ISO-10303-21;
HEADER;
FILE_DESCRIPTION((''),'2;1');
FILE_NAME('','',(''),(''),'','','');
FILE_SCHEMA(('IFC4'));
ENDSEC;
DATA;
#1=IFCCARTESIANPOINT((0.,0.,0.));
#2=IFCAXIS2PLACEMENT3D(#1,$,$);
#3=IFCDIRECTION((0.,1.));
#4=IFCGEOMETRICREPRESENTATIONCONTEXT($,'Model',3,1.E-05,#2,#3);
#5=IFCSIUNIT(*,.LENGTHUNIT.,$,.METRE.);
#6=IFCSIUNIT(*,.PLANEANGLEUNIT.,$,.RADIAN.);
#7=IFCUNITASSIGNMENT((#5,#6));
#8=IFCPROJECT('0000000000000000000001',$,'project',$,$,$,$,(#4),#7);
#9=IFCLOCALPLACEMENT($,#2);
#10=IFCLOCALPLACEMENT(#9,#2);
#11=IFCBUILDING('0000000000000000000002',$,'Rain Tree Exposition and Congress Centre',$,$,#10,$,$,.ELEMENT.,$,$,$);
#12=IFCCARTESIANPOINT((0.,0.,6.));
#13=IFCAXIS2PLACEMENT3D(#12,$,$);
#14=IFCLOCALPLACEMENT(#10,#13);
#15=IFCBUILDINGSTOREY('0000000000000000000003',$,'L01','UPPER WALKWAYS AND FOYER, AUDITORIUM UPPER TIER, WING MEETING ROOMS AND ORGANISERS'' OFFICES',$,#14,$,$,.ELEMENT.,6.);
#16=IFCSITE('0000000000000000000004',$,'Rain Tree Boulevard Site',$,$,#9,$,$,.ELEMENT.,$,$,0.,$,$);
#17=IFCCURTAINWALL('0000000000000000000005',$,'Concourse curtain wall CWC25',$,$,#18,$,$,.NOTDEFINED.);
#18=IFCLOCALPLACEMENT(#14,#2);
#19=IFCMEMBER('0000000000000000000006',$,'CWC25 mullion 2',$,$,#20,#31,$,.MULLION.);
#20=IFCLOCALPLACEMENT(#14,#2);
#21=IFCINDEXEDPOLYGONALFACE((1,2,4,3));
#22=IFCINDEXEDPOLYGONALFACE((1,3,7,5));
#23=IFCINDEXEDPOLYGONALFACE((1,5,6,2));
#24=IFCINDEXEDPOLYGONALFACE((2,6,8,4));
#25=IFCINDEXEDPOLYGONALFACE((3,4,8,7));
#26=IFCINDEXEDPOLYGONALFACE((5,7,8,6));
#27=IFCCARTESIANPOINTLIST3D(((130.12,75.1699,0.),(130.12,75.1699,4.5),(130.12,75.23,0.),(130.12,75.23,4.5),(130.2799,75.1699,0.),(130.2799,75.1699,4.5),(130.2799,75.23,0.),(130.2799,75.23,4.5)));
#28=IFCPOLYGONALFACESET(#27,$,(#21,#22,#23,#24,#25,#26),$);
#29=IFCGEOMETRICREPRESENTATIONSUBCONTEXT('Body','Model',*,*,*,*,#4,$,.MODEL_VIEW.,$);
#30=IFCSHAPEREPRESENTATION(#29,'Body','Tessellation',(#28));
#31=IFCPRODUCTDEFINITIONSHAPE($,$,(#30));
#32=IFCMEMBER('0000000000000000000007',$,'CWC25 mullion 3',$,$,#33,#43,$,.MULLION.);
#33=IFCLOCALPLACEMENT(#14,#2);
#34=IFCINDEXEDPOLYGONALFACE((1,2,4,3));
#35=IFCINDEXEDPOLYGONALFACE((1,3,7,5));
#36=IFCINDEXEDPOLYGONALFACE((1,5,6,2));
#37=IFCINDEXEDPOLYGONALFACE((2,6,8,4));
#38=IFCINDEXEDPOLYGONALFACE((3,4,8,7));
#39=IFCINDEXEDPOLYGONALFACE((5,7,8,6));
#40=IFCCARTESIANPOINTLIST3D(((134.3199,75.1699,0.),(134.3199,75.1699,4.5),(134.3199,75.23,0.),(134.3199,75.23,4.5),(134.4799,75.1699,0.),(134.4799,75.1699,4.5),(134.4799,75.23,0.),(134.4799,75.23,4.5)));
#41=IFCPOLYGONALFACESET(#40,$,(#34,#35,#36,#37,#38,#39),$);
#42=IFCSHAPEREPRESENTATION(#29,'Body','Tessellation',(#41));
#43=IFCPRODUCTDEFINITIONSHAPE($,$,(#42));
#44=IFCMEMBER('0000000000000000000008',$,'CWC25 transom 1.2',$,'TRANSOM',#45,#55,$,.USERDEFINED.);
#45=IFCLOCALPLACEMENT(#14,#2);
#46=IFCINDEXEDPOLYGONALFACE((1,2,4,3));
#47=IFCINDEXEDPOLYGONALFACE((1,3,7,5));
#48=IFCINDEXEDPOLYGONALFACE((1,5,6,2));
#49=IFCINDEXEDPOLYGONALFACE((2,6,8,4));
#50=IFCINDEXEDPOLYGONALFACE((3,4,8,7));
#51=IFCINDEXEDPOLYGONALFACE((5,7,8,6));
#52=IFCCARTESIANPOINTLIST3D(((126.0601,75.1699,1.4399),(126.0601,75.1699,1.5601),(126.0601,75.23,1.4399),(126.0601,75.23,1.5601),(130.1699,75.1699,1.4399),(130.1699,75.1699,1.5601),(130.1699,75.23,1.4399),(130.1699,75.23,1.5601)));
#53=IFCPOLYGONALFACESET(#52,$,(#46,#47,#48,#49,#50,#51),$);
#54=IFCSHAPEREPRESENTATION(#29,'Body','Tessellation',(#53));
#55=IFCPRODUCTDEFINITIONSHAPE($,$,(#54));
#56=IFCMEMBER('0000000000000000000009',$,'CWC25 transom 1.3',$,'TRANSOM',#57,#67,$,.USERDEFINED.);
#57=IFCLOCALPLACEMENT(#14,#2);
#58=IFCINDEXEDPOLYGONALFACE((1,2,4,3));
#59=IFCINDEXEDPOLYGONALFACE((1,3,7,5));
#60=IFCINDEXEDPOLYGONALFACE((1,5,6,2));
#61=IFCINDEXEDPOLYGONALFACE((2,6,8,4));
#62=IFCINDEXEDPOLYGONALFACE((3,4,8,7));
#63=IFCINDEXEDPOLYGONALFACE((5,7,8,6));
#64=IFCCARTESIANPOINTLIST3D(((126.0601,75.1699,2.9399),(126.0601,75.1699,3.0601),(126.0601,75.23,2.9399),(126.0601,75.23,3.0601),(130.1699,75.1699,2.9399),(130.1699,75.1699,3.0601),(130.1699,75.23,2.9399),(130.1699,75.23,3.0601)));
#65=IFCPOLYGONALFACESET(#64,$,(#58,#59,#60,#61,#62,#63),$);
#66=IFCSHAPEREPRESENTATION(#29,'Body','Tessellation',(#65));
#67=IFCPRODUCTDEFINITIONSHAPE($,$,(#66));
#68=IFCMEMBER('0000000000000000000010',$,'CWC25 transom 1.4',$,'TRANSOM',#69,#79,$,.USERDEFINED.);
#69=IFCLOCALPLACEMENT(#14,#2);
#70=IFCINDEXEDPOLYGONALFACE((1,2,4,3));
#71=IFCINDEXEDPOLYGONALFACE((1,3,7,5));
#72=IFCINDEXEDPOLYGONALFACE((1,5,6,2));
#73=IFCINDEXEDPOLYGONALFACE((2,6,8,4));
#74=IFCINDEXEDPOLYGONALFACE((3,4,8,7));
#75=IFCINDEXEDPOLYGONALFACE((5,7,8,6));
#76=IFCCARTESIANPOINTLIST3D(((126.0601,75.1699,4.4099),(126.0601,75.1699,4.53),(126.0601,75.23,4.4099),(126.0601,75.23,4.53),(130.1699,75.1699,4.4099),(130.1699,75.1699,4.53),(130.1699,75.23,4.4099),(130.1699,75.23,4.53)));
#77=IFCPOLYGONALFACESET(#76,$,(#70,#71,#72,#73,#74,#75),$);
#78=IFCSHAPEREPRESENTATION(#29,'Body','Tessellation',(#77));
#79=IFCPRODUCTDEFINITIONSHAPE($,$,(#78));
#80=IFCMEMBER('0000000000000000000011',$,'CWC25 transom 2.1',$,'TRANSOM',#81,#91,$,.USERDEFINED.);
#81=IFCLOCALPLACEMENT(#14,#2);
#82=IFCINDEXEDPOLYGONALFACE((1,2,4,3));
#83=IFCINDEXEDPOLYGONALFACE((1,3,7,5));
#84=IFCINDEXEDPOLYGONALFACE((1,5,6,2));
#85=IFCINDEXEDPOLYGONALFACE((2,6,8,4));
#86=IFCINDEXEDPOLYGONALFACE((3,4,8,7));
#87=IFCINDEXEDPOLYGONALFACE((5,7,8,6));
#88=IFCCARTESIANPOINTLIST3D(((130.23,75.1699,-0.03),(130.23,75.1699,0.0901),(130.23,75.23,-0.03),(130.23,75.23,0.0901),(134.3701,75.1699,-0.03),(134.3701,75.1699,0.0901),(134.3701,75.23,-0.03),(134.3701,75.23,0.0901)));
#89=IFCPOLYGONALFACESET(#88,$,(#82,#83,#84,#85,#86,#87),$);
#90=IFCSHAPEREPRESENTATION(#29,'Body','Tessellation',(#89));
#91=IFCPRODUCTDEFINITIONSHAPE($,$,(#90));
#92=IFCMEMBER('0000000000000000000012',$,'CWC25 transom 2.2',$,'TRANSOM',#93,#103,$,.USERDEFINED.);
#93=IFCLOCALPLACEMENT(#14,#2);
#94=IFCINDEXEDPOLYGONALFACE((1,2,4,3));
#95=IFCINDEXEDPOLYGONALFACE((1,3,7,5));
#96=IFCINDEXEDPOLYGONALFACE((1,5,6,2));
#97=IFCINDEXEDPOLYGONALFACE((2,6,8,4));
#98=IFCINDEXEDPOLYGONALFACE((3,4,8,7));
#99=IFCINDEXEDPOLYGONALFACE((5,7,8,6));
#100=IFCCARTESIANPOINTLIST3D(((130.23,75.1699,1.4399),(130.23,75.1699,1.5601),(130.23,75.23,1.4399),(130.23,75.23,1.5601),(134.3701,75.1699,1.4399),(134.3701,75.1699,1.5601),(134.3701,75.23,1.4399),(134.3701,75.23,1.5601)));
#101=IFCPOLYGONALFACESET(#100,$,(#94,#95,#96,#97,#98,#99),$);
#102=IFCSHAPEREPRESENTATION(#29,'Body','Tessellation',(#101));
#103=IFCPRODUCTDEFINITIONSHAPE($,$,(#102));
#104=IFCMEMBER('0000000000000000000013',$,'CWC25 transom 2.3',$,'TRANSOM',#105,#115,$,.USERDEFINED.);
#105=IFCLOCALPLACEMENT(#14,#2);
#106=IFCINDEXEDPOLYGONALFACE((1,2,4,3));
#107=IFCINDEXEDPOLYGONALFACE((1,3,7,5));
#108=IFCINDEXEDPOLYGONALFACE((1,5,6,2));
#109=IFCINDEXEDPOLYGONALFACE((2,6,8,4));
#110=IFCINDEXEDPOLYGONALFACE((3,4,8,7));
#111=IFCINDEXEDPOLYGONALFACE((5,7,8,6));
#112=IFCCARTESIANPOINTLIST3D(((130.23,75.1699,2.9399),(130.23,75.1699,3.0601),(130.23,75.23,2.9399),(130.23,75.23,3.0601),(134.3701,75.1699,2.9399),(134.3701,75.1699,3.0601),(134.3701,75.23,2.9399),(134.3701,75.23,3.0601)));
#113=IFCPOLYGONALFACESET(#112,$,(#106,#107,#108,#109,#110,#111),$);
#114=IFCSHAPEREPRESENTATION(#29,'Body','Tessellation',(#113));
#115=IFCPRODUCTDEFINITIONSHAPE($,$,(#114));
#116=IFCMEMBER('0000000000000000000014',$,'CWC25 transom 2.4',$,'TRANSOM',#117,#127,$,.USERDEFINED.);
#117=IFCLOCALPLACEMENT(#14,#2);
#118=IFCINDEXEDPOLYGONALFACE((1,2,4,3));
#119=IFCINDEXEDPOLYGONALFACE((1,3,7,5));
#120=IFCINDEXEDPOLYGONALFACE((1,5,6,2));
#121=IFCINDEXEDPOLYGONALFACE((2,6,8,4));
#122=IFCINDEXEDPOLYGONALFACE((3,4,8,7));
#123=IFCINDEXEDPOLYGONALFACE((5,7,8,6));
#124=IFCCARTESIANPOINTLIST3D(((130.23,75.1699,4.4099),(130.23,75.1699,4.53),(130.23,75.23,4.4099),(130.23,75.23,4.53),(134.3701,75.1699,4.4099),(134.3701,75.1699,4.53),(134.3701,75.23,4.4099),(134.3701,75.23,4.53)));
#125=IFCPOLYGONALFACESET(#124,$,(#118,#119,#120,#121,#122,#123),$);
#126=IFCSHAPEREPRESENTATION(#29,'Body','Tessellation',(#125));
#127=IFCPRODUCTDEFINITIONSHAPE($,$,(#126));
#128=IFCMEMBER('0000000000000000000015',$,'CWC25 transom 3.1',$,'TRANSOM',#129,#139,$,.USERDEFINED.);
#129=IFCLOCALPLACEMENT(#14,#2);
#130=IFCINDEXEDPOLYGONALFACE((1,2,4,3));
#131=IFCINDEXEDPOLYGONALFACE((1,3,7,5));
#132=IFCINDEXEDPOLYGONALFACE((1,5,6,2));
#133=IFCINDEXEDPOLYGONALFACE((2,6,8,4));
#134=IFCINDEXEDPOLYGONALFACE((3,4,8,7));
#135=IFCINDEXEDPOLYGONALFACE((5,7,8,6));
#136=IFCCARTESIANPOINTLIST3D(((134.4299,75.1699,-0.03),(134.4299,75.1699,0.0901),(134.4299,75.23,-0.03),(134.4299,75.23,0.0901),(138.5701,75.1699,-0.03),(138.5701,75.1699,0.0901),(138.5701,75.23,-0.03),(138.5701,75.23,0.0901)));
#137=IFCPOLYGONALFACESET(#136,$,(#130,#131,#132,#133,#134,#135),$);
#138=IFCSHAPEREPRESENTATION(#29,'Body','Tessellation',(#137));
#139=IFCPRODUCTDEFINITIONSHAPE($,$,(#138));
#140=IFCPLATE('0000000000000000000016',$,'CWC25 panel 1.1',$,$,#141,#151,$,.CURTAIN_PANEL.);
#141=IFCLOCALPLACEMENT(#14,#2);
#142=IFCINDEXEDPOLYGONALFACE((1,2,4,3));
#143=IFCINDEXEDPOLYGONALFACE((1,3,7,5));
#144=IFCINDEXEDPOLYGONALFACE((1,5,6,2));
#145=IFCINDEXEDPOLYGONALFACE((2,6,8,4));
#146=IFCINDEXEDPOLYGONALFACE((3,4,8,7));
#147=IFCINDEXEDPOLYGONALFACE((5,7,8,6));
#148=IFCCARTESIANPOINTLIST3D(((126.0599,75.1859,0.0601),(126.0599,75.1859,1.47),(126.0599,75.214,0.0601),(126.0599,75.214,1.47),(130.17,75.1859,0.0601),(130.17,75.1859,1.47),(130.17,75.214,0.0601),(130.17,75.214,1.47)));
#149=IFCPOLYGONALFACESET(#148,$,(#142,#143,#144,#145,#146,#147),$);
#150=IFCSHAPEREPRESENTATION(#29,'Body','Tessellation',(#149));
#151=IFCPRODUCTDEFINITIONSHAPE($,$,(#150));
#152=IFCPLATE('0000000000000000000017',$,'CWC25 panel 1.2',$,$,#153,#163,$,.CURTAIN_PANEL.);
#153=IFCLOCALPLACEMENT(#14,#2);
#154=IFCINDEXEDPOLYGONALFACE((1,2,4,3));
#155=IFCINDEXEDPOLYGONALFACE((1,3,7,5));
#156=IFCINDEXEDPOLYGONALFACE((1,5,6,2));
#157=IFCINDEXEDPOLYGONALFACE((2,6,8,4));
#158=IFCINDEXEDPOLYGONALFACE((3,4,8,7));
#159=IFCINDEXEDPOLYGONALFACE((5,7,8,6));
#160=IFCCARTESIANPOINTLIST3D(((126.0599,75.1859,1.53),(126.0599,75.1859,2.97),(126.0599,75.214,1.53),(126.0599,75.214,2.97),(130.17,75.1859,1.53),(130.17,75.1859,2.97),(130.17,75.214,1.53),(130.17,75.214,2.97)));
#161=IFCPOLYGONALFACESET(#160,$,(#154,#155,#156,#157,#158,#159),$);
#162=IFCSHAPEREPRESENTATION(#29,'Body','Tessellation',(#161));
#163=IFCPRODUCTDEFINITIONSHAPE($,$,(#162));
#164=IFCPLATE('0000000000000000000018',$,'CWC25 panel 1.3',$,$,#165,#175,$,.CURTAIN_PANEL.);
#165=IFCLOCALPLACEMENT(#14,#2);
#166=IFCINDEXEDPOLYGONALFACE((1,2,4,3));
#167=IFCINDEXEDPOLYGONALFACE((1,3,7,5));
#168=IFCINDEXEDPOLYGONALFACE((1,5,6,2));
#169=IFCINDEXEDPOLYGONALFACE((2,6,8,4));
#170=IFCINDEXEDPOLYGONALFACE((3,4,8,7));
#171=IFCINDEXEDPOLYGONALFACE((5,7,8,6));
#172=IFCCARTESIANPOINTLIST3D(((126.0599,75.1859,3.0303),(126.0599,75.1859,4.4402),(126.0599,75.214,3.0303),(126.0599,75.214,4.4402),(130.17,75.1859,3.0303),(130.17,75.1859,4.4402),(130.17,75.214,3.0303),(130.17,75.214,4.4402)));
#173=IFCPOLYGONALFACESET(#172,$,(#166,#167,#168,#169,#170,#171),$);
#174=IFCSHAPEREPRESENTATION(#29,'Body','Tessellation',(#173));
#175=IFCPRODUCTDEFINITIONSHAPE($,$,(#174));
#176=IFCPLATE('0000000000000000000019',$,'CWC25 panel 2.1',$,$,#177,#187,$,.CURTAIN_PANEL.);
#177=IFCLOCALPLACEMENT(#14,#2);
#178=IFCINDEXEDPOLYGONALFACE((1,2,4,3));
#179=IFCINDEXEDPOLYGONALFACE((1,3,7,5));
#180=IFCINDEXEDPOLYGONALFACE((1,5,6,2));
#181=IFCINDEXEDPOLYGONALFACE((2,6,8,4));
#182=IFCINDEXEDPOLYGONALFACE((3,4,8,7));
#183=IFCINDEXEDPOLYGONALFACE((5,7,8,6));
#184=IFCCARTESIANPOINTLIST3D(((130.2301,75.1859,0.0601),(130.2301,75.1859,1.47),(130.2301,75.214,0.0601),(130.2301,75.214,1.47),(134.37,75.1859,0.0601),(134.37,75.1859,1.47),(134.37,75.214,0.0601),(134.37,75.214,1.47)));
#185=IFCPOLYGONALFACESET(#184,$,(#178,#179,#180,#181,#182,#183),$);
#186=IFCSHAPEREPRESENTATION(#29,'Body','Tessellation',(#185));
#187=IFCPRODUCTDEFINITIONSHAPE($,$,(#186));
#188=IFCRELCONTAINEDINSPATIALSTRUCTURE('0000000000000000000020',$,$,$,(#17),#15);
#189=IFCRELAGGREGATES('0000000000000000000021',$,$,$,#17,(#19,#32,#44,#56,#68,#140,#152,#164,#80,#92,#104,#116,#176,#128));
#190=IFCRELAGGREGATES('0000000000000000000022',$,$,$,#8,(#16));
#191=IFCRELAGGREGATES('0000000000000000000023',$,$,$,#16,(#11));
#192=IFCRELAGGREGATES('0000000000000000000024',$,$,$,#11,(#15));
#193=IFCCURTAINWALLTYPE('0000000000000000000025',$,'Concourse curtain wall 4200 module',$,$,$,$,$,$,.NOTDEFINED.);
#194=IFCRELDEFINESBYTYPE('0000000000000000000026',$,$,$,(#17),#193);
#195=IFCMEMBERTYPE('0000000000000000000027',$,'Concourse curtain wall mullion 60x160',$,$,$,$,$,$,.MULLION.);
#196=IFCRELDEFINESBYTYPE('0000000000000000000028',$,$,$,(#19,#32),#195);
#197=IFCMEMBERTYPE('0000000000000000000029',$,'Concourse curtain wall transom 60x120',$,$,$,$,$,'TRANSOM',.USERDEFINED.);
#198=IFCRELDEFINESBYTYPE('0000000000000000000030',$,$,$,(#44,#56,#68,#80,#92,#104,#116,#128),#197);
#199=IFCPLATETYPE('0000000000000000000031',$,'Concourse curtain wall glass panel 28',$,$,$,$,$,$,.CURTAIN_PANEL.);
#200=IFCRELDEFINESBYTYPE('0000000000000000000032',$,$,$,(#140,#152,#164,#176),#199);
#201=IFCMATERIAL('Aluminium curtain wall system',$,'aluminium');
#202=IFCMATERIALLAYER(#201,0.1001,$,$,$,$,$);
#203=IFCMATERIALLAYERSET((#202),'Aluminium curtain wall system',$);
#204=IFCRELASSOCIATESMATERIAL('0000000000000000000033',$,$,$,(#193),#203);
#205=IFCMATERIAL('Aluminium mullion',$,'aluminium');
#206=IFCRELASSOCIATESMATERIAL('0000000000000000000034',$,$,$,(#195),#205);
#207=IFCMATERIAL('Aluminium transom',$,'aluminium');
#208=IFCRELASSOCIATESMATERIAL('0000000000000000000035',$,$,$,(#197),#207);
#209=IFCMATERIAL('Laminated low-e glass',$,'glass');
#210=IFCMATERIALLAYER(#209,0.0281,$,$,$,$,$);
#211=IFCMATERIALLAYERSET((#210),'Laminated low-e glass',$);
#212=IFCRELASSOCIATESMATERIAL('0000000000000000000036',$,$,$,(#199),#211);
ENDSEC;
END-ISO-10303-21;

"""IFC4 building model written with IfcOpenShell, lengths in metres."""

from ifc_helpers import new_model, si_unit, direction, frame, origin, origin_2d, place, context, subcontext, project, spatial, rectangle, extrude, material, layer, layer_set, material_profile, profile_set, type_object, element, aggregate, save


model = new_model("IFC4")

# Units and contexts
model_context = context("Model", 3, precision=1e-05, world=origin(), true_north=direction((0.0, 1.0)))
body_context = subcontext(model_context, "Body", "Model", "MODEL_VIEW")
ifc_project = project(units=[si_unit("LENGTHUNIT", "METRE"), si_unit("PLANEANGLEUNIT", "RADIAN")], contexts=[model_context])

# Site, building, storey
site_placement = place(None, origin())
site = spatial("IfcSite", under=ifc_project, at=site_placement, Name="Rain Tree Boulevard Site", CompositionType="ELEMENT", RefElevation=0.0)
building_placement = place(site_placement, origin())
building = spatial("IfcBuilding", under=site, at=building_placement, Name="Rain Tree Exposition and Congress Centre", CompositionType="ELEMENT")
storey_placement = place(building_placement, frame((0.0, 0.0, 6.0)))
storey = spatial("IfcBuildingStorey", under=building, at=storey_placement, Name="L01", Description="UPPER WALKWAYS AND FOYER, AUDITORIUM UPPER TIER, WING MEETING ROOMS AND ORGANISERS' OFFICES", CompositionType="ELEMENT", Elevation=6.0)

# Curtain wall, members, plates
ifc_material_1 = material(Name="Aluminium curtain wall system", Category="aluminium")
ifc_layer_1 = layer(ifc_material_1, 0.1001)
ifc_layer_set_1 = layer_set([ifc_layer_1], Name="Aluminium curtain wall system")
curtain_wall_type = type_object("IfcCurtainWallType", Name="Concourse curtain wall 4200 module", PredefinedType="NOTDEFINED", material=ifc_layer_set_1)
curtain_wall_placement = place(storey_placement, origin())
curtain_wall = element("IfcCurtainWall", 1, at=curtain_wall_placement, inside=storey, type_object=curtain_wall_type, Name="Concourse curtain wall CWC25", PredefinedType="NOTDEFINED")
ifc_material_2 = material(Name="Aluminium mullion", Category="aluminium")
ifc_material_profile_1 = material_profile(ifc_material_2, rectangle(XDim=0.0601, YDim=0.1599, at=origin_2d()), Name="AL 60x160")
ifc_profile_set_1 = profile_set([ifc_material_profile_1], Name="Aluminium mullion")
member_type_1 = type_object("IfcMemberType", Name="Concourse curtain wall mullion 60x160", PredefinedType="MULLION", material=ifc_profile_set_1)
member_1_placement = place(storey_placement, frame((130.2, 75.2, 0.0), z_axis=(0.0, 0.0, 1.0), x_axis=(0.0, 1.0, 0.0)))
member_1 = element("IfcMember", 2, at=member_1_placement, type_object=member_type_1, Name="CWC25 mullion 2", PredefinedType="MULLION", context=body_context, shape_type="SweptSolid", body=[
    extrude(rectangle(XDim=0.0601, YDim=0.1599, at=origin_2d()), origin(), (0.0, 0.0, 1.0), 4.5),
])
member_2_placement = place(storey_placement, frame((134.3999, 75.2, 0.0), z_axis=(0.0, 0.0, 1.0), x_axis=(0.0, 1.0, 0.0)))
member_2 = element("IfcMember", 3, at=member_2_placement, type_object=member_type_1, Name="CWC25 mullion 3", PredefinedType="MULLION", context=body_context, shape_type="SweptSolid", body=[
    extrude(rectangle(XDim=0.0601, YDim=0.1599, at=origin_2d()), origin(), (0.0, 0.0, 1.0), 4.5),
])
ifc_material_3 = material(Name="Aluminium transom", Category="aluminium")
ifc_material_profile_2 = material_profile(ifc_material_3, rectangle(XDim=0.0601, YDim=0.1201, at=origin_2d()), Name="AL 60x120")
ifc_profile_set_2 = profile_set([ifc_material_profile_2], Name="Aluminium transom")
member_type_2 = type_object("IfcMemberType", Name="Concourse curtain wall transom 60x120", ElementType="TRANSOM", PredefinedType="USERDEFINED", material=ifc_profile_set_2)
member_3_placement = place(storey_placement, frame((126.0601, 75.2, 1.5), z_axis=(1.0, 0.0, 0.0), x_axis=(0.0, 1.0, 0.0)))
member_3 = element("IfcMember", 4, at=member_3_placement, type_object=member_type_2, Name="CWC25 transom 1.2", ObjectType="TRANSOM", PredefinedType="USERDEFINED", context=body_context, shape_type="SweptSolid", body=[
    extrude(rectangle(XDim=0.0601, YDim=0.1201, at=origin_2d()), origin(), (0.0, 0.0, 1.0), 4.1099),
])
member_4_placement = place(storey_placement, frame((126.0601, 75.2, 3.0), z_axis=(1.0, 0.0, 0.0), x_axis=(0.0, 1.0, 0.0)))
member_4 = element("IfcMember", 5, at=member_4_placement, type_object=member_type_2, Name="CWC25 transom 1.3", ObjectType="TRANSOM", PredefinedType="USERDEFINED", context=body_context, shape_type="SweptSolid", body=[
    extrude(rectangle(XDim=0.0601, YDim=0.1201, at=origin_2d()), origin(), (0.0, 0.0, 1.0), 4.1099),
])
member_5_placement = place(storey_placement, frame((126.0601, 75.2, 4.47), z_axis=(1.0, 0.0, 0.0), x_axis=(0.0, 1.0, 0.0)))
member_5 = element("IfcMember", 6, at=member_5_placement, type_object=member_type_2, Name="CWC25 transom 1.4", ObjectType="TRANSOM", PredefinedType="USERDEFINED", context=body_context, shape_type="SweptSolid", body=[
    extrude(rectangle(XDim=0.0601, YDim=0.1201, at=origin_2d()), origin(), (0.0, 0.0, 1.0), 4.1099),
])
member_6_placement = place(storey_placement, frame((130.23, 75.2, 0.03), z_axis=(1.0, 0.0, 0.0), x_axis=(0.0, 1.0, 0.0)))
member_6 = element("IfcMember", 7, at=member_6_placement, type_object=member_type_2, Name="CWC25 transom 2.1", ObjectType="TRANSOM", PredefinedType="USERDEFINED", context=body_context, shape_type="SweptSolid", body=[
    extrude(rectangle(XDim=0.0601, YDim=0.1201, at=origin_2d()), origin(), (0.0, 0.0, 1.0), 4.1401),
])
member_7_placement = place(storey_placement, frame((130.23, 75.2, 1.5), z_axis=(1.0, 0.0, 0.0), x_axis=(0.0, 1.0, 0.0)))
member_7 = element("IfcMember", 8, at=member_7_placement, type_object=member_type_2, Name="CWC25 transom 2.2", ObjectType="TRANSOM", PredefinedType="USERDEFINED", context=body_context, shape_type="SweptSolid", body=[
    extrude(rectangle(XDim=0.0601, YDim=0.1201, at=origin_2d()), origin(), (0.0, 0.0, 1.0), 4.1401),
])
member_8_placement = place(storey_placement, frame((130.23, 75.2, 3.0), z_axis=(1.0, 0.0, 0.0), x_axis=(0.0, 1.0, 0.0)))
member_8 = element("IfcMember", 9, at=member_8_placement, type_object=member_type_2, Name="CWC25 transom 2.3", ObjectType="TRANSOM", PredefinedType="USERDEFINED", context=body_context, shape_type="SweptSolid", body=[
    extrude(rectangle(XDim=0.0601, YDim=0.1201, at=origin_2d()), origin(), (0.0, 0.0, 1.0), 4.1401),
])
member_9_placement = place(storey_placement, frame((130.23, 75.2, 4.47), z_axis=(1.0, 0.0, 0.0), x_axis=(0.0, 1.0, 0.0)))
member_9 = element("IfcMember", 10, at=member_9_placement, type_object=member_type_2, Name="CWC25 transom 2.4", ObjectType="TRANSOM", PredefinedType="USERDEFINED", context=body_context, shape_type="SweptSolid", body=[
    extrude(rectangle(XDim=0.0601, YDim=0.1201, at=origin_2d()), origin(), (0.0, 0.0, 1.0), 4.1401),
])
member_10_placement = place(storey_placement, frame((134.4299, 75.2, 0.03), z_axis=(1.0, 0.0, 0.0), x_axis=(0.0, 1.0, 0.0)))
member_10 = element("IfcMember", 11, at=member_10_placement, type_object=member_type_2, Name="CWC25 transom 3.1", ObjectType="TRANSOM", PredefinedType="USERDEFINED", context=body_context, shape_type="SweptSolid", body=[
    extrude(rectangle(XDim=0.0601, YDim=0.1201, at=origin_2d()), origin(), (0.0, 0.0, 1.0), 4.1401),
])
ifc_material_4 = material(Name="Laminated low-e glass", Category="glass")
ifc_layer_2 = layer(ifc_material_4, 0.0281)
ifc_layer_set_2 = layer_set([ifc_layer_2], Name="Laminated low-e glass")
plate_type = type_object("IfcPlateType", Name="Concourse curtain wall glass panel 28", PredefinedType="CURTAIN_PANEL", material=ifc_layer_set_2)
plate_1_placement = place(storey_placement, frame((128.115, 75.2, 0.0601), z_axis=(0.0, 0.0, 1.0), x_axis=(1.0, 0.0, 0.0)))
plate_1 = element("IfcPlate", 12, at=plate_1_placement, type_object=plate_type, Name="CWC25 panel 1.1", PredefinedType="CURTAIN_PANEL", context=body_context, shape_type="SweptSolid", body=[
    extrude(rectangle(XDim=4.1101, YDim=0.0281, at=origin_2d()), origin(), (0.0, 0.0, 1.0), 1.4099),
])
plate_2_placement = place(storey_placement, frame((128.115, 75.2, 1.53), z_axis=(0.0, 0.0, 1.0), x_axis=(1.0, 0.0, 0.0)))
plate_2 = element("IfcPlate", 13, at=plate_2_placement, type_object=plate_type, Name="CWC25 panel 1.2", PredefinedType="CURTAIN_PANEL", context=body_context, shape_type="SweptSolid", body=[
    extrude(rectangle(XDim=4.1101, YDim=0.0281, at=origin_2d()), origin(), (0.0, 0.0, 1.0), 1.4399),
])
plate_3_placement = place(storey_placement, frame((128.115, 75.2, 3.0303), z_axis=(0.0, 0.0, 1.0), x_axis=(1.0, 0.0, 0.0)))
plate_3 = element("IfcPlate", 14, at=plate_3_placement, type_object=plate_type, Name="CWC25 panel 1.3", PredefinedType="CURTAIN_PANEL", context=body_context, shape_type="SweptSolid", body=[
    extrude(rectangle(XDim=4.1101, YDim=0.0281, at=origin_2d()), origin(), (0.0, 0.0, 1.0), 1.4099),
])
plate_4_placement = place(storey_placement, frame((132.3, 75.2, 0.0601), z_axis=(0.0, 0.0, 1.0), x_axis=(1.0, 0.0, 0.0)))
plate_4 = element("IfcPlate", 15, at=plate_4_placement, type_object=plate_type, Name="CWC25 panel 2.1", PredefinedType="CURTAIN_PANEL", context=body_context, shape_type="SweptSolid", body=[
    extrude(rectangle(XDim=4.1399, YDim=0.0281, at=origin_2d()), origin(), (0.0, 0.0, 1.0), 1.4099),
])
aggregate(curtain_wall, [member_1, member_2, member_3, member_4, member_5, plate_1, plate_2, plate_3, member_6, member_7, member_8, member_9, plate_4, member_10])

save(model, "model.ifc")
